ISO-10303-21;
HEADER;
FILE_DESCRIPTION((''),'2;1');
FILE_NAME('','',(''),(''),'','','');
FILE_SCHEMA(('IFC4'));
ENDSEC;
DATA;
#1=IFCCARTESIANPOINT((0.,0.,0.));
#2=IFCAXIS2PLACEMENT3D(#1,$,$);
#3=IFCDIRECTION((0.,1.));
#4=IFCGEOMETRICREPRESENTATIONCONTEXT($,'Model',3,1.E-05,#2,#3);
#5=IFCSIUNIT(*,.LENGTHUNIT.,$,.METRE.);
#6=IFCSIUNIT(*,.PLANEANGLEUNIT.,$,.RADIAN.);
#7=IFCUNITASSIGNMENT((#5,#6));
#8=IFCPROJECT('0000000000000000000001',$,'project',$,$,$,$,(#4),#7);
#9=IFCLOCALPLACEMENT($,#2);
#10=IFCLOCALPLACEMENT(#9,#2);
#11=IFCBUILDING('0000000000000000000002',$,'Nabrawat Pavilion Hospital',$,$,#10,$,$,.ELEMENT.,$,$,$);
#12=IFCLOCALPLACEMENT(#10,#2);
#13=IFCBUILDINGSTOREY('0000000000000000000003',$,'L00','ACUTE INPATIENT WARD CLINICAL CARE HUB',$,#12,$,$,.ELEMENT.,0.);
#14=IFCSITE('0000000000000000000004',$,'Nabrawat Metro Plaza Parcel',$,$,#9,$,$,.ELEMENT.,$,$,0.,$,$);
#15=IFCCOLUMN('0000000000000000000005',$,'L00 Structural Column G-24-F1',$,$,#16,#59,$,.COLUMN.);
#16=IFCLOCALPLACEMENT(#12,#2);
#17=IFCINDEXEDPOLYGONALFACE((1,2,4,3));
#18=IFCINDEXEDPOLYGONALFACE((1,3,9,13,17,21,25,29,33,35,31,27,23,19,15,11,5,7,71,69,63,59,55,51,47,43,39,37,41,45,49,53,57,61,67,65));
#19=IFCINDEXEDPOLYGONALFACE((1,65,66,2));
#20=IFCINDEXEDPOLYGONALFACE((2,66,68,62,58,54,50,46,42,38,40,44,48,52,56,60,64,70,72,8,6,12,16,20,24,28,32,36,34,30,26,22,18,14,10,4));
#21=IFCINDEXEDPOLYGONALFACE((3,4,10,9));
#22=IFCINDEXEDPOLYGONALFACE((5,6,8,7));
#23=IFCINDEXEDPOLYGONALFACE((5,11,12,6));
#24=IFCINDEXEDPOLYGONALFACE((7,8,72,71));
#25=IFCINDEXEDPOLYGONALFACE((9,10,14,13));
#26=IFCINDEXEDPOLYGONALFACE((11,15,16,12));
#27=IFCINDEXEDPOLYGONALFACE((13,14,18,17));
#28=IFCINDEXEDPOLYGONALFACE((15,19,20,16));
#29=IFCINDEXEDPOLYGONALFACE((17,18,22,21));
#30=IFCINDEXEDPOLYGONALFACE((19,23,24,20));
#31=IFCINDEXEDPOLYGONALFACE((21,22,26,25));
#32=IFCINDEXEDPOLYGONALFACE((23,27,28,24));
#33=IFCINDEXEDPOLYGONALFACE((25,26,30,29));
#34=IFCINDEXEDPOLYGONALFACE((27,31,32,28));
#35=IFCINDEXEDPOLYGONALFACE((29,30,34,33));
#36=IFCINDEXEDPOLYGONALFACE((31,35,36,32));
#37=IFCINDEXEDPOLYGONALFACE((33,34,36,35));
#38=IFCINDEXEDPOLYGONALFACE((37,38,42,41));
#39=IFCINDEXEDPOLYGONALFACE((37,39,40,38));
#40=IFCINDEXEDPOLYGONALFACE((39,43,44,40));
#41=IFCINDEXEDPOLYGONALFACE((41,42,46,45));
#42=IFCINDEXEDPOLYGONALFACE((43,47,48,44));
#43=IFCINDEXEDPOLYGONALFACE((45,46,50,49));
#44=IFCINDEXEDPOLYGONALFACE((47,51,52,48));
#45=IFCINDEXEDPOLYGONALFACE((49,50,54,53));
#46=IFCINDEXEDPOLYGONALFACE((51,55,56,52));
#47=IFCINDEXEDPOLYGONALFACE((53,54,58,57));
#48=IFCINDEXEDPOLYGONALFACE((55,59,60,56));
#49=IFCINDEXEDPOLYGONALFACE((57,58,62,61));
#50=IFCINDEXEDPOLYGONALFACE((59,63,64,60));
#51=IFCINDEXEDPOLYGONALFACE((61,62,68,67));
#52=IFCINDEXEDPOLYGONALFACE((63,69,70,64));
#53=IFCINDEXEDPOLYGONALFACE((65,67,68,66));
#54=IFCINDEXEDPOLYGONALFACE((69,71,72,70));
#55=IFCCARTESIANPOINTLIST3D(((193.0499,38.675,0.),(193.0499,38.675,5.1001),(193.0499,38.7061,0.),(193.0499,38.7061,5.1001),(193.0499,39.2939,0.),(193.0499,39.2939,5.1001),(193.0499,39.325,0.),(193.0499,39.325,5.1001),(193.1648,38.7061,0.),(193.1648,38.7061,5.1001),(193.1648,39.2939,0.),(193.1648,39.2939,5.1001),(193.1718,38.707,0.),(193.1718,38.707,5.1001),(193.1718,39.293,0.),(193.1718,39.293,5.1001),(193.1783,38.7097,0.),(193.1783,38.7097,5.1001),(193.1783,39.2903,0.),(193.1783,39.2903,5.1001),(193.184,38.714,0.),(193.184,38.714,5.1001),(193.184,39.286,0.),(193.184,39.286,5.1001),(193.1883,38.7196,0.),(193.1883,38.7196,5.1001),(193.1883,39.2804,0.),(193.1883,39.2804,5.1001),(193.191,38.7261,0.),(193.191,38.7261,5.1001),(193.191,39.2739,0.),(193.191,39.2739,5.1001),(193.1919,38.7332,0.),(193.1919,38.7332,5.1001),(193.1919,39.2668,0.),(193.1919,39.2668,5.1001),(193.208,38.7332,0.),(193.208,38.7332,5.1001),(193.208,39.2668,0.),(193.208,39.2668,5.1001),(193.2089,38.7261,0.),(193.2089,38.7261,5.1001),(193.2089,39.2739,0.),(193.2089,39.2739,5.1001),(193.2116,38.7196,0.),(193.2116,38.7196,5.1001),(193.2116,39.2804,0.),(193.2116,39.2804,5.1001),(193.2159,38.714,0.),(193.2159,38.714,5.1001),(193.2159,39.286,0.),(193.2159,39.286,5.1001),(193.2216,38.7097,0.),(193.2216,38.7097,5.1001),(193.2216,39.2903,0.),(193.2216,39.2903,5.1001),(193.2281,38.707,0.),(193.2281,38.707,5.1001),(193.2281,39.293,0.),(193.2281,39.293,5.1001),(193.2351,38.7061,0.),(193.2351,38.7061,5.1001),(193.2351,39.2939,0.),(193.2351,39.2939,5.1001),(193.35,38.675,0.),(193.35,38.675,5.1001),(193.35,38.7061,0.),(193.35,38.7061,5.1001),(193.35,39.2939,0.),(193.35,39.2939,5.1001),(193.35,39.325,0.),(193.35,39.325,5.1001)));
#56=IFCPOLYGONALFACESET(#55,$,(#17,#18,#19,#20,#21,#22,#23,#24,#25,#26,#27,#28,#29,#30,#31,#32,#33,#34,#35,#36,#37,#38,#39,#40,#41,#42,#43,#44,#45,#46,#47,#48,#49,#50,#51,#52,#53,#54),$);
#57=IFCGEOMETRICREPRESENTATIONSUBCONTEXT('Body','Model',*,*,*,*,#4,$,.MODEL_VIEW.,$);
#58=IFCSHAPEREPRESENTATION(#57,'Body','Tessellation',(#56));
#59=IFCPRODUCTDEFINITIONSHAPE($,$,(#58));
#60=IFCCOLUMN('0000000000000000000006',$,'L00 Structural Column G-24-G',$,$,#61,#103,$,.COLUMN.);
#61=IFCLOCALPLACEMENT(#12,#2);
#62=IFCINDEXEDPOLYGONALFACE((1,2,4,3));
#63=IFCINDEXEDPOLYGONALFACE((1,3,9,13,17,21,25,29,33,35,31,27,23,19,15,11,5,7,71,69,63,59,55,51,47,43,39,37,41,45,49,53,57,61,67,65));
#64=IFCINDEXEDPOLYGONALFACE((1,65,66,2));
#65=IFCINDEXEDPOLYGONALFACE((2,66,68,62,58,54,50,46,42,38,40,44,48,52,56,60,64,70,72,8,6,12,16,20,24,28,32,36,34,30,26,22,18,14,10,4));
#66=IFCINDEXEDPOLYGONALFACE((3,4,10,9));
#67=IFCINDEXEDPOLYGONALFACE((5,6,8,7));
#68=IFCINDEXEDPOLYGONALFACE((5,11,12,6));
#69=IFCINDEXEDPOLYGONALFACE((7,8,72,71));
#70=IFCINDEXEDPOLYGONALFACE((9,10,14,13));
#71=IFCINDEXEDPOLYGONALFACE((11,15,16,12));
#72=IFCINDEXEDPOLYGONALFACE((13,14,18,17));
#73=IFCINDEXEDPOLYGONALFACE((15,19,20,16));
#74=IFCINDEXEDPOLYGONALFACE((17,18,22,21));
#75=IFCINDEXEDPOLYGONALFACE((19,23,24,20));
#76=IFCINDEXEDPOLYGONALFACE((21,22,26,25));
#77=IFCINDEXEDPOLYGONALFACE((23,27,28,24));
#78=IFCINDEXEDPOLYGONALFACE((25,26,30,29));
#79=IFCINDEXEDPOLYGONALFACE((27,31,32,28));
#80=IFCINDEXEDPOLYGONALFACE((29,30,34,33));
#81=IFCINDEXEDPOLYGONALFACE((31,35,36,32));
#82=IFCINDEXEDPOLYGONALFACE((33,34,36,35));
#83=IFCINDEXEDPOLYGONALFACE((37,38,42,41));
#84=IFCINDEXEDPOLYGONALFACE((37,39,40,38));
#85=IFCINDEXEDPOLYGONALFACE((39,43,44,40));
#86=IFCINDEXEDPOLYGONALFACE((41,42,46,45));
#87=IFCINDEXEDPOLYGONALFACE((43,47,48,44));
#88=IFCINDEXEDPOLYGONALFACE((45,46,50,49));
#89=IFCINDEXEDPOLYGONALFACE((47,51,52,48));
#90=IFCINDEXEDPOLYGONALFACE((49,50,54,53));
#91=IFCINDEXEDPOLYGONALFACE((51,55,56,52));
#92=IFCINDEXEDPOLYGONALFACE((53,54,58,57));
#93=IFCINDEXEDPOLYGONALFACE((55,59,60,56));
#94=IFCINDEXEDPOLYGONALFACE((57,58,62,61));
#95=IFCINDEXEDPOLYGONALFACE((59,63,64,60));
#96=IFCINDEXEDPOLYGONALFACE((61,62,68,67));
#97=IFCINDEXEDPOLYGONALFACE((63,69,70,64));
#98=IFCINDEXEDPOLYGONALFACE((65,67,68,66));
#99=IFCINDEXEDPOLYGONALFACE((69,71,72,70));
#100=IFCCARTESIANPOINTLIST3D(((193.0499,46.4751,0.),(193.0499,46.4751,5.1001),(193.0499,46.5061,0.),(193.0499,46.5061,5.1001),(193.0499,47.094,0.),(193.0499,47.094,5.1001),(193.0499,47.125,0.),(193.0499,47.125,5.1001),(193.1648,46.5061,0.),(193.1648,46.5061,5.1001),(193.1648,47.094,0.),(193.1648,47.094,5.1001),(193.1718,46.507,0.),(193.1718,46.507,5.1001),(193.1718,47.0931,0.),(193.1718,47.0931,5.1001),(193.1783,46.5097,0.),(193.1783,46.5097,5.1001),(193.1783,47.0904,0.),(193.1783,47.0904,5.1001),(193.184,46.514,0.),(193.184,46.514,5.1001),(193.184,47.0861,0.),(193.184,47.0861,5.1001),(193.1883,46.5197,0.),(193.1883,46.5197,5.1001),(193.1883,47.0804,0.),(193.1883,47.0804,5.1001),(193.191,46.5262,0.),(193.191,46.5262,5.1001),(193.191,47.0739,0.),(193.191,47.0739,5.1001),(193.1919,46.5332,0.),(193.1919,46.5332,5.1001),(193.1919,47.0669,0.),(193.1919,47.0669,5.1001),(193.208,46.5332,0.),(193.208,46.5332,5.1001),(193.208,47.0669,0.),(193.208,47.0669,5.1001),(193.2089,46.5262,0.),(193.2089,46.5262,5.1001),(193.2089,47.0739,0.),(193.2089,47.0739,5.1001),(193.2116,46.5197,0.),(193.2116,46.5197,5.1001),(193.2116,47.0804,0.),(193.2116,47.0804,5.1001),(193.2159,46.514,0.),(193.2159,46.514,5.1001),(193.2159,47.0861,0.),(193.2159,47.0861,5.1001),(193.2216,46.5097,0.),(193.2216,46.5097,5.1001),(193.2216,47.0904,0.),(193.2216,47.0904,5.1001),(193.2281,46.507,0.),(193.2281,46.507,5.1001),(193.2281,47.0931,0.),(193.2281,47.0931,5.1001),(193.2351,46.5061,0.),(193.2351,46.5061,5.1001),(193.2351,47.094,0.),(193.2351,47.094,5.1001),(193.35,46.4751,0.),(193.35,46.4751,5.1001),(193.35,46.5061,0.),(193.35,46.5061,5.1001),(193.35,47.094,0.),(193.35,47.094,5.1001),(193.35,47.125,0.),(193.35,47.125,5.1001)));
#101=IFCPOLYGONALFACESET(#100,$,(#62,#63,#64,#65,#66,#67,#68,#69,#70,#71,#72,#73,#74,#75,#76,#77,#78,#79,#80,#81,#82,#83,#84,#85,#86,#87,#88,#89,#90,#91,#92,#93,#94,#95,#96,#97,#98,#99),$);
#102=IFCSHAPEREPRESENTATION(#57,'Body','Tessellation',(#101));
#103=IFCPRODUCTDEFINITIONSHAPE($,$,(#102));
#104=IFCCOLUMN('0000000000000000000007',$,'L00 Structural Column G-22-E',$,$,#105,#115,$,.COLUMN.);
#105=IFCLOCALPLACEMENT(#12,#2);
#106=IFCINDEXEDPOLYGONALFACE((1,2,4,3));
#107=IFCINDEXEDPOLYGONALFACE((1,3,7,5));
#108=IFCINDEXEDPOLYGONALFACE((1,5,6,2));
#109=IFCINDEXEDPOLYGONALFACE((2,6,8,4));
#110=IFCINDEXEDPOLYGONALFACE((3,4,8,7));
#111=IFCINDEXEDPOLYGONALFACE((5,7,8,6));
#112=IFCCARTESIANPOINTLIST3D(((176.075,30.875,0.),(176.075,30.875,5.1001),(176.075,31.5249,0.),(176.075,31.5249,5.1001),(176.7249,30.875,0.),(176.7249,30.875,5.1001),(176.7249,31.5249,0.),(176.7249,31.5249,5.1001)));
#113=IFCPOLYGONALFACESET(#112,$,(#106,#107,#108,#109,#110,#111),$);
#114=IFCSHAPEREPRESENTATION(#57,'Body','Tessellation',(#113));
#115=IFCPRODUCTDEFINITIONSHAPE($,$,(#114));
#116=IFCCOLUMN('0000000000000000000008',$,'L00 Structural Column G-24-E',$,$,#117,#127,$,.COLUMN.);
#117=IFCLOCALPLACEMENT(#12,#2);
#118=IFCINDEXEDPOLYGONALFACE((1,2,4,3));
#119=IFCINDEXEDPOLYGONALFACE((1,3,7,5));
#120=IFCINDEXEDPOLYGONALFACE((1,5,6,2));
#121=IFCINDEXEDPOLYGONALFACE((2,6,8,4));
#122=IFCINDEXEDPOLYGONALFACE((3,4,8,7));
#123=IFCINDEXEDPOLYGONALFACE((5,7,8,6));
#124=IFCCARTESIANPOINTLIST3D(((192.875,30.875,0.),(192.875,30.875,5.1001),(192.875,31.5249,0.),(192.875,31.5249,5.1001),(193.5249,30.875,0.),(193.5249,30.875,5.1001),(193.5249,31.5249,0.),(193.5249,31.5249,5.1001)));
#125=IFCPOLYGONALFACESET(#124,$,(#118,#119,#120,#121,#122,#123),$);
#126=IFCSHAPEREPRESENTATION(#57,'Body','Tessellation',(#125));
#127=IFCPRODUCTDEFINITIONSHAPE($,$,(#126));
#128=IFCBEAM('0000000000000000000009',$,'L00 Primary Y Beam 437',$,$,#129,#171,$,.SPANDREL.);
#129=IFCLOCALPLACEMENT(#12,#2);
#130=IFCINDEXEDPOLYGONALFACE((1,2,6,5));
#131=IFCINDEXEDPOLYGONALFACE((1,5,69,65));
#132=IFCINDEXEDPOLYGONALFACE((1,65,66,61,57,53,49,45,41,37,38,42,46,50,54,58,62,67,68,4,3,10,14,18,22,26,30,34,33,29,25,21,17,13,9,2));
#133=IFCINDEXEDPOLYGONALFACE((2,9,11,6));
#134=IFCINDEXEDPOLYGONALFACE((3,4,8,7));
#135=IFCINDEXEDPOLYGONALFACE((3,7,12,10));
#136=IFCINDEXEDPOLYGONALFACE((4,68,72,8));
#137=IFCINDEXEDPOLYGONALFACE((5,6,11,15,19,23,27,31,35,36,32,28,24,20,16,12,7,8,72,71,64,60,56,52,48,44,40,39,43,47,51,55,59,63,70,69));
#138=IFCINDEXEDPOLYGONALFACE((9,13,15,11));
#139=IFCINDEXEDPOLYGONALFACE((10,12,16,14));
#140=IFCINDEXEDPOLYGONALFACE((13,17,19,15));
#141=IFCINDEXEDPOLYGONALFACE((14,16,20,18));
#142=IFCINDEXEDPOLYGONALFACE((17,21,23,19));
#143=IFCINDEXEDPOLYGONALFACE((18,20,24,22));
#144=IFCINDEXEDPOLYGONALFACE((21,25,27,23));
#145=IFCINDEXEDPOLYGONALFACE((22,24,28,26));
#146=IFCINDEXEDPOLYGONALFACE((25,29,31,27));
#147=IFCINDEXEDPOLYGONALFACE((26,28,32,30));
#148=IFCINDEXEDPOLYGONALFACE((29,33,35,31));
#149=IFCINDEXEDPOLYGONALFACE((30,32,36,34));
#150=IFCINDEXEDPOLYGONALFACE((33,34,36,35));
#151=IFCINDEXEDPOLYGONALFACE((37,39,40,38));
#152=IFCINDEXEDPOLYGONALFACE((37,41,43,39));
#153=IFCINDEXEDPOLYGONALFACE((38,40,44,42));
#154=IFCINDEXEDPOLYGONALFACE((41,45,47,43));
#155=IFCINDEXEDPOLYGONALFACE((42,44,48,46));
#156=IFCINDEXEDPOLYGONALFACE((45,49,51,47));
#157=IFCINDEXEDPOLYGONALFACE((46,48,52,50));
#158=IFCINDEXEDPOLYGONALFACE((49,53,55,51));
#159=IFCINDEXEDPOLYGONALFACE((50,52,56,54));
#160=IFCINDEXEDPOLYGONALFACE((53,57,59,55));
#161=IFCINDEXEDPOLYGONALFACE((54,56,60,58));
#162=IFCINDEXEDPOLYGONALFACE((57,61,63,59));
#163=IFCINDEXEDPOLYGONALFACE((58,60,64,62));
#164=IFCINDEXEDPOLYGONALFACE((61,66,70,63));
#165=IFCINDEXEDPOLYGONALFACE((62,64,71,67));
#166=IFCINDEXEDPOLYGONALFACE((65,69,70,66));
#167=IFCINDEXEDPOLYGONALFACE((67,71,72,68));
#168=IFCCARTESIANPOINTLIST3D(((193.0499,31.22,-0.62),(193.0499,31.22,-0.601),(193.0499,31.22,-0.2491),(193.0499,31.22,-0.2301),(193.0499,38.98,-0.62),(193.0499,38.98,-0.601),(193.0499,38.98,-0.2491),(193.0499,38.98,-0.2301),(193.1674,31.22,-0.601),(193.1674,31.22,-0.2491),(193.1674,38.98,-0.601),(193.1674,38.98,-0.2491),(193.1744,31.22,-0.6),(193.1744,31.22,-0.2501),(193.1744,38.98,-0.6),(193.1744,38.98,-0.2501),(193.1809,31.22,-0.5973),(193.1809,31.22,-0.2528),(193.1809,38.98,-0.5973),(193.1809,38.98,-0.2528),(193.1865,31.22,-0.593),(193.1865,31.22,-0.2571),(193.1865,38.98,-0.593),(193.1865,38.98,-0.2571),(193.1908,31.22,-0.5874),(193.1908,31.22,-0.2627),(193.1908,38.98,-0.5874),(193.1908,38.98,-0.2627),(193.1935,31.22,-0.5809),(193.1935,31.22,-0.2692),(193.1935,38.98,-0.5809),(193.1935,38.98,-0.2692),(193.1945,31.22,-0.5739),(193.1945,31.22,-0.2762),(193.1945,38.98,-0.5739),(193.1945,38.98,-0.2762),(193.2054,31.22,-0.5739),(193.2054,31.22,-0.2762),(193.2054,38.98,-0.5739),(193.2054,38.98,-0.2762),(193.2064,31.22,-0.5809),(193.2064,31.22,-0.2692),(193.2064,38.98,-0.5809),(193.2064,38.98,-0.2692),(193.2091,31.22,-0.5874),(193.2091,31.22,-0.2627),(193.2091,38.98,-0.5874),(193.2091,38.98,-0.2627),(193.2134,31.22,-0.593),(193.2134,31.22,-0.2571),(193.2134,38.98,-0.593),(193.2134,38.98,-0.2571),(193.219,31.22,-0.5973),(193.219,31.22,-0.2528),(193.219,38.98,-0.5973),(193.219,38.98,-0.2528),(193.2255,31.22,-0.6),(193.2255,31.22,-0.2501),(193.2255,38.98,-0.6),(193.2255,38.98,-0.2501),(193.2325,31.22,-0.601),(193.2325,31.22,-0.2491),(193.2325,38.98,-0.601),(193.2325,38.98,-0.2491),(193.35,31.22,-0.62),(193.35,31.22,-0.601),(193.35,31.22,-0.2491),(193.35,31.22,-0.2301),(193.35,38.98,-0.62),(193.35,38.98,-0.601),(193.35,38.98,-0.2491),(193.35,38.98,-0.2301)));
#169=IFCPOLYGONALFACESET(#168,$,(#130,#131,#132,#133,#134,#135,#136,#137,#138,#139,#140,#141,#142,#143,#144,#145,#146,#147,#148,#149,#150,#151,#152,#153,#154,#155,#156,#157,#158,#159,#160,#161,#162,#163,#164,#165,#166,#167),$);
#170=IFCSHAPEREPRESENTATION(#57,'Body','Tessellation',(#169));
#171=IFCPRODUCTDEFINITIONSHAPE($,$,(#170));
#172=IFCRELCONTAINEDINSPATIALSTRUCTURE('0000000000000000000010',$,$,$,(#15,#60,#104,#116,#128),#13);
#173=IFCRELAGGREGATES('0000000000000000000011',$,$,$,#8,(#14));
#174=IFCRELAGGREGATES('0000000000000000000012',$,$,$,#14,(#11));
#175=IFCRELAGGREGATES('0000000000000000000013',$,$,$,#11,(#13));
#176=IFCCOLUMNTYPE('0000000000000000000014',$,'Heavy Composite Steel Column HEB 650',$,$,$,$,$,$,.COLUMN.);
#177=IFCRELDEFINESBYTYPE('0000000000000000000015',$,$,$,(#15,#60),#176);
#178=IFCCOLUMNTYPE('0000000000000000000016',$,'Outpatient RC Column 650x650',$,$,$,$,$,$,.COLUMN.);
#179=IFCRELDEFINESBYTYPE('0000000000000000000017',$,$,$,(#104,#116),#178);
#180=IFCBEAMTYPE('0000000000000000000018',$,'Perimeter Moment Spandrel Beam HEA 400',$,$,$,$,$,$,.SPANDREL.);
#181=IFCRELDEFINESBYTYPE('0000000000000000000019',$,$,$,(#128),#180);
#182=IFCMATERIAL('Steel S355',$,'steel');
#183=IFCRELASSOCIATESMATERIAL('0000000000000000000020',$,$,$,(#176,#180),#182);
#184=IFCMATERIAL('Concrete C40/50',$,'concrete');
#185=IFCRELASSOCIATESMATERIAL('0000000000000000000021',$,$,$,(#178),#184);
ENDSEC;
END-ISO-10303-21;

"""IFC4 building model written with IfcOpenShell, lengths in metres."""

from ifc_helpers import new_model, si_unit, direction, frame, origin, origin_2d, place, context, subcontext, project, spatial, rectangle, i_section, extrude, material, material_profile, profile_set, type_object, element, save


model = new_model("IFC4")

# Units and contexts
model_context = context("Model", 3, precision=1e-05, world=origin(), true_north=direction((0.0, 1.0)))
body_context = subcontext(model_context, "Body", "Model", "MODEL_VIEW")
ifc_project = project(units=[si_unit("LENGTHUNIT", "METRE"), si_unit("PLANEANGLEUNIT", "RADIAN")], contexts=[model_context])

# Site, building, storey
site_placement = place(None, origin())
site = spatial("IfcSite", under=ifc_project, at=site_placement, Name="Nabrawat Metro Plaza Parcel", CompositionType="ELEMENT", RefElevation=0.0)
building_placement = place(site_placement, origin())
building = spatial("IfcBuilding", under=site, at=building_placement, Name="Nabrawat Pavilion Hospital", CompositionType="ELEMENT")
storey_placement = place(building_placement, origin())
storey = spatial("IfcBuildingStorey", under=building, at=storey_placement, Name="L00", Description="ACUTE INPATIENT WARD CLINICAL CARE HUB", CompositionType="ELEMENT", Elevation=0.0)

# Columns
ifc_material_1 = material(Name="Steel S355", Category="steel")
ifc_material_profile_1 = material_profile(ifc_material_1, i_section(OverallWidth=0.3, OverallDepth=0.6499, WebThickness=0.0161, FlangeThickness=0.031, FilletRadius=0.0271, at=origin_2d()), Name="HEB 650")
ifc_profile_set_1 = profile_set([ifc_material_profile_1], Name="Steel S355")
column_type_1 = type_object("IfcColumnType", Name="Heavy Composite Steel Column HEB 650", PredefinedType="COLUMN", material=ifc_profile_set_1)
for number, where, z_axis, x_axis, name in (
    (1, (193.2, 39.0, 0.0), (0.0, 0.0, 1.0), (1.0, 0.0, 0.0), "L00 Structural Column G-24-F1"),
    (2, (193.2, 46.8, 0.0), (0.0, 0.0, 1.0), (1.0, 0.0, 0.0), "L00 Structural Column G-24-G"),
):
    element("IfcColumn", number, at=place(storey_placement, frame(where, z_axis=z_axis, x_axis=x_axis)), inside=storey, type_object=column_type_1, Name=name, PredefinedType="COLUMN", context=body_context, shape_type="SweptSolid", body=[
        extrude(i_section(OverallWidth=0.3, OverallDepth=0.6499, WebThickness=0.0161, FlangeThickness=0.031, FilletRadius=0.0271, at=origin_2d()), origin(), (0.0, 0.0, 1.0), 5.1001),
    ])
ifc_material_2 = material(Name="Concrete C40/50", Category="concrete")
ifc_material_profile_2 = material_profile(ifc_material_2, rectangle(XDim=0.6499, YDim=0.6499, at=origin_2d()), Name="RC 650x650")
ifc_profile_set_2 = profile_set([ifc_material_profile_2], Name="Concrete C40/50")
column_type_2 = type_object("IfcColumnType", Name="Outpatient RC Column 650x650", PredefinedType="COLUMN", material=ifc_profile_set_2)
for number, where, z_axis, x_axis, name in (
    (3, (176.3999, 31.2, 0.0), (0.0, 0.0, 1.0), (1.0, 0.0, 0.0), "L00 Structural Column G-22-E"),
    (4, (193.2, 31.2, 0.0), (0.0, 0.0, 1.0), (1.0, 0.0, 0.0), "L00 Structural Column G-24-E"),
):
    element("IfcColumn", number, at=place(storey_placement, frame(where, z_axis=z_axis, x_axis=x_axis)), inside=storey, type_object=column_type_2, Name=name, PredefinedType="COLUMN", context=body_context, shape_type="SweptSolid", body=[
        extrude(rectangle(XDim=0.6499, YDim=0.6499, at=origin_2d()), origin(), (0.0, 0.0, 1.0), 5.1001),
    ])

# Beam
ifc_material_profile_3 = material_profile(ifc_material_1, i_section(OverallWidth=0.3, OverallDepth=0.3899, WebThickness=0.011, FlangeThickness=0.019, FilletRadius=0.0271, at=origin_2d()), Name="HEA 400")
ifc_profile_set_3 = profile_set([ifc_material_profile_3], Name="Steel S355")
beam_type_1 = type_object("IfcBeamType", Name="Perimeter Moment Spandrel Beam HEA 400", PredefinedType="SPANDREL", material=ifc_profile_set_3)
for number, where, z_axis, x_axis, name in (
    (5, (193.2, 31.22, -0.425), (0.0, 1.0, 0.0), (-1.0, 0.0, 0.0), "L00 Primary Y Beam 437"),
):
    element("IfcBeam", number, at=place(storey_placement, frame(where, z_axis=z_axis, x_axis=x_axis)), inside=storey, type_object=beam_type_1, Name=name, PredefinedType="SPANDREL", context=body_context, shape_type="SweptSolid", body=[
        extrude(i_section(OverallWidth=0.3, OverallDepth=0.3899, WebThickness=0.011, FlangeThickness=0.019, FilletRadius=0.0271, at=origin_2d()), origin(), (0.0, 0.0, 1.0), 7.76),
    ])

save(model, "model.ifc")
